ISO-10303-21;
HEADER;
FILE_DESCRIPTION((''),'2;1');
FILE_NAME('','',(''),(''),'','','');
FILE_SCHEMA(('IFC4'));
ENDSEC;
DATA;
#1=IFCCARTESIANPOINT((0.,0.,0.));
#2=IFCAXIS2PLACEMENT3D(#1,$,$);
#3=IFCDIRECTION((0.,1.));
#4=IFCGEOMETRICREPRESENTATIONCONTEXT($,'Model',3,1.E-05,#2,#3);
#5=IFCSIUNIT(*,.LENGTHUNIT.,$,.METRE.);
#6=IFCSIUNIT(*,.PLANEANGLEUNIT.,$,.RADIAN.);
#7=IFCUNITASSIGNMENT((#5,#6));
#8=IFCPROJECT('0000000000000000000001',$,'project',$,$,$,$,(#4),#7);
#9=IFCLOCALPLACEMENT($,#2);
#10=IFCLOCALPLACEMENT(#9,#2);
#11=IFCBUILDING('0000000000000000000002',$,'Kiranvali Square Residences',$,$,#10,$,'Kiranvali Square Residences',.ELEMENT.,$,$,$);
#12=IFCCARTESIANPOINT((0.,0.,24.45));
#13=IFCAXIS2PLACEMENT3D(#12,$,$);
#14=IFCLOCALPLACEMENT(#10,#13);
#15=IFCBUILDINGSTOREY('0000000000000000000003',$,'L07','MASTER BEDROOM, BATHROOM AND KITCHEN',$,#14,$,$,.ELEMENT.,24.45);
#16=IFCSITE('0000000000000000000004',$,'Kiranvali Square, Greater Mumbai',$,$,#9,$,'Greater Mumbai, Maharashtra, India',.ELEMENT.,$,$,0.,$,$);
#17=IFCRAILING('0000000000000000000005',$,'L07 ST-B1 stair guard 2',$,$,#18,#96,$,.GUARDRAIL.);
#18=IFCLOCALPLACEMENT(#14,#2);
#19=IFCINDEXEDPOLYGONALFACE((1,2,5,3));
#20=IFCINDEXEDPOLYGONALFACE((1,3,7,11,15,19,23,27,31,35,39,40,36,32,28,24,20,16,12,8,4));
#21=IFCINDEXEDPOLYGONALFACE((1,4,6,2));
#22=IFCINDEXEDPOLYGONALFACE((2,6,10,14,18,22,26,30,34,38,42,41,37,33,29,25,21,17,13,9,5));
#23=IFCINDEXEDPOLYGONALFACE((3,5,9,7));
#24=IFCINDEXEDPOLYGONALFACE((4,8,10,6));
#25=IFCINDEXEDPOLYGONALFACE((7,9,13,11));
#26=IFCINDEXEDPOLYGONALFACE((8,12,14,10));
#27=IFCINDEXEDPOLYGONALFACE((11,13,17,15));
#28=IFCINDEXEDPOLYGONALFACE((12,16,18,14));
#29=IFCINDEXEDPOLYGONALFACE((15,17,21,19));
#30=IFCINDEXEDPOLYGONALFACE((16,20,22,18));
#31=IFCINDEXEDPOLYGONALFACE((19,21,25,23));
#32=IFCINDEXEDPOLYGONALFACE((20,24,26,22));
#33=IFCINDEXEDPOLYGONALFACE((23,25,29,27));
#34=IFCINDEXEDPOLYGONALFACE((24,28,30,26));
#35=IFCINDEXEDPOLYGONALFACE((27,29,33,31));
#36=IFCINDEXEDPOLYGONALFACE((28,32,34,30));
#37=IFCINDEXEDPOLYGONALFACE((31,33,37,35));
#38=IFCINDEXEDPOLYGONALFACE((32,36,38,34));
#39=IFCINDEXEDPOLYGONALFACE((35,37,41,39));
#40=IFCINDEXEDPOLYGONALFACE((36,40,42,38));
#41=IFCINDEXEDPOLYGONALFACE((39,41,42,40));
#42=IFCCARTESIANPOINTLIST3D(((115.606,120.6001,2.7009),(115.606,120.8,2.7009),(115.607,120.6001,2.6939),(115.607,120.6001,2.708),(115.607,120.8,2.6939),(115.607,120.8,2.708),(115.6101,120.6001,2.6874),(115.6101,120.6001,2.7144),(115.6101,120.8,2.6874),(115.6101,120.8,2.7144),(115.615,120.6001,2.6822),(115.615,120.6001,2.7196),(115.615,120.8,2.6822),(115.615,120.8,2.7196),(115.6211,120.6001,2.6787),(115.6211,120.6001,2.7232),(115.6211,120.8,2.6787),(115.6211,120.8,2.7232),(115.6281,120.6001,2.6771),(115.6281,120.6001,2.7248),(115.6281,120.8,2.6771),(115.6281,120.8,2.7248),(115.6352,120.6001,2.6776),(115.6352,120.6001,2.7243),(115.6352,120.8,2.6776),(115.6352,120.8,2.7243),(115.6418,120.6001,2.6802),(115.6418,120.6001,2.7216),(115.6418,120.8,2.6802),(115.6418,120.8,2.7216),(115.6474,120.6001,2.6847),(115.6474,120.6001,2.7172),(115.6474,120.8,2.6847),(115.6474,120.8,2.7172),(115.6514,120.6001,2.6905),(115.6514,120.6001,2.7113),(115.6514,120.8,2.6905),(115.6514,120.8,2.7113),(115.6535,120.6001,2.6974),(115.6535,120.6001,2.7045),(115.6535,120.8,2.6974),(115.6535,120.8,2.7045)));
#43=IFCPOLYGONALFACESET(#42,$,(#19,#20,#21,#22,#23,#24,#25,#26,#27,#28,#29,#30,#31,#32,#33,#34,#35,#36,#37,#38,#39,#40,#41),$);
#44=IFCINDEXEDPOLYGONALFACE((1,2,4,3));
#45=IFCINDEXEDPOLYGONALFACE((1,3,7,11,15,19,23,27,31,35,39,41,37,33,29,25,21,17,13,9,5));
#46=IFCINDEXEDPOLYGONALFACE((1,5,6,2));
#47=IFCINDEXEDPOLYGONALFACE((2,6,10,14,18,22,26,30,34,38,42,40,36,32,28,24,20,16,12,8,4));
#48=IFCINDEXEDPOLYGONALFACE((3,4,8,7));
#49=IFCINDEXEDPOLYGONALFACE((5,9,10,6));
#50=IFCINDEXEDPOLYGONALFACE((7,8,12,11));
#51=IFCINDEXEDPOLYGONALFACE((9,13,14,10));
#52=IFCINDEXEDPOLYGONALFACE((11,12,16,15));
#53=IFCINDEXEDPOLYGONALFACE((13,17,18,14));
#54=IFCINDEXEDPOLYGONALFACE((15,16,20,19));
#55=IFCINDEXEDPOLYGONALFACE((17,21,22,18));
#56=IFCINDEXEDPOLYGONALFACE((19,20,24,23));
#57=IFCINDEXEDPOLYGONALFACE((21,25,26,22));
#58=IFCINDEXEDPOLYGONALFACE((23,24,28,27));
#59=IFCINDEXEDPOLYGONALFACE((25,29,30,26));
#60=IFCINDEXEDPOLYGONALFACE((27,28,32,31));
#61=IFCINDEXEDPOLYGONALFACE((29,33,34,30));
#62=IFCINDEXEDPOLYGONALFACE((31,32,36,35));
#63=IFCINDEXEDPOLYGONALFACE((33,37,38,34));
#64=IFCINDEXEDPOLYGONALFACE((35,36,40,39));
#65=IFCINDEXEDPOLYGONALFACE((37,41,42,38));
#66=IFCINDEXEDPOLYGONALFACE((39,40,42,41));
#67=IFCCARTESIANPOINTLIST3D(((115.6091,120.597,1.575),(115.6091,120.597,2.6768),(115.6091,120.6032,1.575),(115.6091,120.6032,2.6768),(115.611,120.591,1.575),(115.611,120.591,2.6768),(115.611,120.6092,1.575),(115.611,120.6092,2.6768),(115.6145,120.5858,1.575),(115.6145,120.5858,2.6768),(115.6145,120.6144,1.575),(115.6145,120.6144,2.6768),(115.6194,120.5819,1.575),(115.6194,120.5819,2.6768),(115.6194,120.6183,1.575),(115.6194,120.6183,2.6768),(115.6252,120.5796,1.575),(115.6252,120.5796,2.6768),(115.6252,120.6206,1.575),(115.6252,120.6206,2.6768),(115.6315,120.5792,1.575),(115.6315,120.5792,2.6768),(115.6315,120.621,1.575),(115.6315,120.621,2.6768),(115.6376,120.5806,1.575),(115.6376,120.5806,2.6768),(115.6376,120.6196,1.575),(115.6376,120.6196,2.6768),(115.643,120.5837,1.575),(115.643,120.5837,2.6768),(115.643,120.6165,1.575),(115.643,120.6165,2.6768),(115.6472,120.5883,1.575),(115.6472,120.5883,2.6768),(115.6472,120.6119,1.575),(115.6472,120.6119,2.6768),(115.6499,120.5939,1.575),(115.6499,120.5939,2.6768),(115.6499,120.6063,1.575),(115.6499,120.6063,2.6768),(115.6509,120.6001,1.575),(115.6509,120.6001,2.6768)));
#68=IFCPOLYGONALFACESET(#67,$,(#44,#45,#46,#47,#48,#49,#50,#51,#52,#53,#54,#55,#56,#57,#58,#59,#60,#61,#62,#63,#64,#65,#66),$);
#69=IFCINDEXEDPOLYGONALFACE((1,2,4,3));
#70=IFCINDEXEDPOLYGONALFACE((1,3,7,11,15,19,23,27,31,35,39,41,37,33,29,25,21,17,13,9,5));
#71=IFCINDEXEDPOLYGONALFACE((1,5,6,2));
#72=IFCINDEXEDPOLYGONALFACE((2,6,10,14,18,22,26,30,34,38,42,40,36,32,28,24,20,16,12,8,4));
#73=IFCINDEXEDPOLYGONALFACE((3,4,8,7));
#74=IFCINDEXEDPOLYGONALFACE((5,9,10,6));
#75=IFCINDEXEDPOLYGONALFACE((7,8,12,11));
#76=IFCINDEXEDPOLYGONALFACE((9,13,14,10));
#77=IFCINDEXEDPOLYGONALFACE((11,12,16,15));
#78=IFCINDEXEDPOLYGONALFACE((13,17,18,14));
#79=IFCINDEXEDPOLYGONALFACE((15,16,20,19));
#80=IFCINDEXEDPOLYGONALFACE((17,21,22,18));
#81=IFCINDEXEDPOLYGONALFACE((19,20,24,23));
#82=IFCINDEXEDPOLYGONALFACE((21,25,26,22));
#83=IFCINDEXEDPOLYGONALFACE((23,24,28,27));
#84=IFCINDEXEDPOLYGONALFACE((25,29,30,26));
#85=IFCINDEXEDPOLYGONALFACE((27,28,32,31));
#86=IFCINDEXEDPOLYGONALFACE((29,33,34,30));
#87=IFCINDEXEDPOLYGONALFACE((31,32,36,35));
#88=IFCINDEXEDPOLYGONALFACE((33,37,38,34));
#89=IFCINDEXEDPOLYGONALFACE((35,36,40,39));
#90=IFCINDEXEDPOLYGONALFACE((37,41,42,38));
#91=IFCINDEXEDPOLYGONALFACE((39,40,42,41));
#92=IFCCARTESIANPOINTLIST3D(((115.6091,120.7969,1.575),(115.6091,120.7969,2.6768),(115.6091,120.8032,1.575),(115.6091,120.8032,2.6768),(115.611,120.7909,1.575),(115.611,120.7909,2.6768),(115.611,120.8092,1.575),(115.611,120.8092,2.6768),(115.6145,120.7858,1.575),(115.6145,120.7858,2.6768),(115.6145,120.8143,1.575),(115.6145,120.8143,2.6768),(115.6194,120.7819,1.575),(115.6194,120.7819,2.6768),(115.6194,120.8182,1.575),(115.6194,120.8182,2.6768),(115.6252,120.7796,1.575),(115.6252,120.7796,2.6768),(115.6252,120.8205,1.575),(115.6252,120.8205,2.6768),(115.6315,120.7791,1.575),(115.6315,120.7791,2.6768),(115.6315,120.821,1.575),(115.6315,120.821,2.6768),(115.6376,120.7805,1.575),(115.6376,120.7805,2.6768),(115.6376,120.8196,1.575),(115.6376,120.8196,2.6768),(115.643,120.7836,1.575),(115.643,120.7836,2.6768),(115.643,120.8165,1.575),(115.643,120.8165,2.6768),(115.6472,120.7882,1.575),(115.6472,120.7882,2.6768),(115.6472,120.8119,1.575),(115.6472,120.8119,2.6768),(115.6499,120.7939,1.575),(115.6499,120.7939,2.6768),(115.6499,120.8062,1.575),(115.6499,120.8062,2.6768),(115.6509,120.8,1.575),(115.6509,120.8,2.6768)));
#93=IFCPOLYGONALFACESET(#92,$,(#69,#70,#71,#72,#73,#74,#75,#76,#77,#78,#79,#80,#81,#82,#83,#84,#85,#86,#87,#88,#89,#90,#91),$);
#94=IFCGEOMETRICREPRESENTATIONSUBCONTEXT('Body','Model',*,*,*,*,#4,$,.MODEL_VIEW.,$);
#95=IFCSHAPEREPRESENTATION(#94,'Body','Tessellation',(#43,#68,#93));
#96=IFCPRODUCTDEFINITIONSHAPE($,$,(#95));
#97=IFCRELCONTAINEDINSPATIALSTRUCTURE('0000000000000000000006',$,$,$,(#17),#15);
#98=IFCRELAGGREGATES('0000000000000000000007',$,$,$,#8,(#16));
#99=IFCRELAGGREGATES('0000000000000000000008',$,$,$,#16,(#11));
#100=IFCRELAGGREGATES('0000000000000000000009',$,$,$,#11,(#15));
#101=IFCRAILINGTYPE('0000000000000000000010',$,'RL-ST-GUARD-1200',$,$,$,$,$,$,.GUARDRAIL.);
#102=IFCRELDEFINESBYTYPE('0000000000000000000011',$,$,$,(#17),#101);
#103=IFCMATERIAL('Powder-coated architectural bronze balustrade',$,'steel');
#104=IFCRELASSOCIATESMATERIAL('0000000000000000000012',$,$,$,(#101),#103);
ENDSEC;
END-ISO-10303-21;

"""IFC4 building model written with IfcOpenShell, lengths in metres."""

from ifc_helpers import new_model, si_unit, direction, frame, origin, origin_2d, place, context, subcontext, project, spatial, circle, extrude, material, type_object, element, save


model = new_model("IFC4")

# Units and contexts
model_context = context("Model", 3, precision=1e-05, world=origin(), true_north=direction((0.0, 1.0)))
body_context = subcontext(model_context, "Body", "Model", "MODEL_VIEW")
ifc_project = project(units=[si_unit("LENGTHUNIT", "METRE"), si_unit("PLANEANGLEUNIT", "RADIAN")], contexts=[model_context])

# Site, building, storey
site_placement = place(None, origin())
site = spatial("IfcSite", under=ifc_project, at=site_placement, Name="Kiranvali Square, Greater Mumbai", LongName="Greater Mumbai, Maharashtra, India", CompositionType="ELEMENT", RefElevation=0.0)
building_placement = place(site_placement, origin())
building = spatial("IfcBuilding", under=site, at=building_placement, Name="Kiranvali Square Residences", LongName="Kiranvali Square Residences", CompositionType="ELEMENT")
storey_placement = place(building_placement, frame((0.0, 0.0, 24.45)))
storey = spatial("IfcBuildingStorey", under=building, at=storey_placement, Name="L07", Description="MASTER BEDROOM, BATHROOM AND KITCHEN", CompositionType="ELEMENT", Elevation=24.45)

# Railing
ifc_material_1 = material(Name="Powder-coated architectural bronze balustrade", Category="steel")
railing_type_1 = type_object("IfcRailingType", Name="RL-ST-GUARD-1200", PredefinedType="GUARDRAIL", material=ifc_material_1)
railing_1_placement = place(storey_placement, frame((115.6299, 120.6001, 1.575)))
element("IfcRailing", 1, at=railing_1_placement, inside=storey, type_object=railing_type_1, Name="L07 ST-B1 stair guard 2", PredefinedType="GUARDRAIL", context=body_context, shape_type="SweptSolid", body=[
    extrude(circle(Radius=0.0239, at=origin_2d()), frame((0.0, 0.0, 1.126), z_axis=(0.0, 1.0, 0.0), x_axis=(-1.0, 0.0, 0.0)), (0.0, 0.0, 1.0), 0.2),
    extrude(circle(Radius=0.021, at=origin_2d()), origin(), (0.0, 0.0, 1.0), 1.1018),
    extrude(circle(Radius=0.021, at=origin_2d()), frame((0.0, 0.2, 0.0)), (0.0, 0.0, 1.0), 1.1018),
])

save(model, "model.ifc")
